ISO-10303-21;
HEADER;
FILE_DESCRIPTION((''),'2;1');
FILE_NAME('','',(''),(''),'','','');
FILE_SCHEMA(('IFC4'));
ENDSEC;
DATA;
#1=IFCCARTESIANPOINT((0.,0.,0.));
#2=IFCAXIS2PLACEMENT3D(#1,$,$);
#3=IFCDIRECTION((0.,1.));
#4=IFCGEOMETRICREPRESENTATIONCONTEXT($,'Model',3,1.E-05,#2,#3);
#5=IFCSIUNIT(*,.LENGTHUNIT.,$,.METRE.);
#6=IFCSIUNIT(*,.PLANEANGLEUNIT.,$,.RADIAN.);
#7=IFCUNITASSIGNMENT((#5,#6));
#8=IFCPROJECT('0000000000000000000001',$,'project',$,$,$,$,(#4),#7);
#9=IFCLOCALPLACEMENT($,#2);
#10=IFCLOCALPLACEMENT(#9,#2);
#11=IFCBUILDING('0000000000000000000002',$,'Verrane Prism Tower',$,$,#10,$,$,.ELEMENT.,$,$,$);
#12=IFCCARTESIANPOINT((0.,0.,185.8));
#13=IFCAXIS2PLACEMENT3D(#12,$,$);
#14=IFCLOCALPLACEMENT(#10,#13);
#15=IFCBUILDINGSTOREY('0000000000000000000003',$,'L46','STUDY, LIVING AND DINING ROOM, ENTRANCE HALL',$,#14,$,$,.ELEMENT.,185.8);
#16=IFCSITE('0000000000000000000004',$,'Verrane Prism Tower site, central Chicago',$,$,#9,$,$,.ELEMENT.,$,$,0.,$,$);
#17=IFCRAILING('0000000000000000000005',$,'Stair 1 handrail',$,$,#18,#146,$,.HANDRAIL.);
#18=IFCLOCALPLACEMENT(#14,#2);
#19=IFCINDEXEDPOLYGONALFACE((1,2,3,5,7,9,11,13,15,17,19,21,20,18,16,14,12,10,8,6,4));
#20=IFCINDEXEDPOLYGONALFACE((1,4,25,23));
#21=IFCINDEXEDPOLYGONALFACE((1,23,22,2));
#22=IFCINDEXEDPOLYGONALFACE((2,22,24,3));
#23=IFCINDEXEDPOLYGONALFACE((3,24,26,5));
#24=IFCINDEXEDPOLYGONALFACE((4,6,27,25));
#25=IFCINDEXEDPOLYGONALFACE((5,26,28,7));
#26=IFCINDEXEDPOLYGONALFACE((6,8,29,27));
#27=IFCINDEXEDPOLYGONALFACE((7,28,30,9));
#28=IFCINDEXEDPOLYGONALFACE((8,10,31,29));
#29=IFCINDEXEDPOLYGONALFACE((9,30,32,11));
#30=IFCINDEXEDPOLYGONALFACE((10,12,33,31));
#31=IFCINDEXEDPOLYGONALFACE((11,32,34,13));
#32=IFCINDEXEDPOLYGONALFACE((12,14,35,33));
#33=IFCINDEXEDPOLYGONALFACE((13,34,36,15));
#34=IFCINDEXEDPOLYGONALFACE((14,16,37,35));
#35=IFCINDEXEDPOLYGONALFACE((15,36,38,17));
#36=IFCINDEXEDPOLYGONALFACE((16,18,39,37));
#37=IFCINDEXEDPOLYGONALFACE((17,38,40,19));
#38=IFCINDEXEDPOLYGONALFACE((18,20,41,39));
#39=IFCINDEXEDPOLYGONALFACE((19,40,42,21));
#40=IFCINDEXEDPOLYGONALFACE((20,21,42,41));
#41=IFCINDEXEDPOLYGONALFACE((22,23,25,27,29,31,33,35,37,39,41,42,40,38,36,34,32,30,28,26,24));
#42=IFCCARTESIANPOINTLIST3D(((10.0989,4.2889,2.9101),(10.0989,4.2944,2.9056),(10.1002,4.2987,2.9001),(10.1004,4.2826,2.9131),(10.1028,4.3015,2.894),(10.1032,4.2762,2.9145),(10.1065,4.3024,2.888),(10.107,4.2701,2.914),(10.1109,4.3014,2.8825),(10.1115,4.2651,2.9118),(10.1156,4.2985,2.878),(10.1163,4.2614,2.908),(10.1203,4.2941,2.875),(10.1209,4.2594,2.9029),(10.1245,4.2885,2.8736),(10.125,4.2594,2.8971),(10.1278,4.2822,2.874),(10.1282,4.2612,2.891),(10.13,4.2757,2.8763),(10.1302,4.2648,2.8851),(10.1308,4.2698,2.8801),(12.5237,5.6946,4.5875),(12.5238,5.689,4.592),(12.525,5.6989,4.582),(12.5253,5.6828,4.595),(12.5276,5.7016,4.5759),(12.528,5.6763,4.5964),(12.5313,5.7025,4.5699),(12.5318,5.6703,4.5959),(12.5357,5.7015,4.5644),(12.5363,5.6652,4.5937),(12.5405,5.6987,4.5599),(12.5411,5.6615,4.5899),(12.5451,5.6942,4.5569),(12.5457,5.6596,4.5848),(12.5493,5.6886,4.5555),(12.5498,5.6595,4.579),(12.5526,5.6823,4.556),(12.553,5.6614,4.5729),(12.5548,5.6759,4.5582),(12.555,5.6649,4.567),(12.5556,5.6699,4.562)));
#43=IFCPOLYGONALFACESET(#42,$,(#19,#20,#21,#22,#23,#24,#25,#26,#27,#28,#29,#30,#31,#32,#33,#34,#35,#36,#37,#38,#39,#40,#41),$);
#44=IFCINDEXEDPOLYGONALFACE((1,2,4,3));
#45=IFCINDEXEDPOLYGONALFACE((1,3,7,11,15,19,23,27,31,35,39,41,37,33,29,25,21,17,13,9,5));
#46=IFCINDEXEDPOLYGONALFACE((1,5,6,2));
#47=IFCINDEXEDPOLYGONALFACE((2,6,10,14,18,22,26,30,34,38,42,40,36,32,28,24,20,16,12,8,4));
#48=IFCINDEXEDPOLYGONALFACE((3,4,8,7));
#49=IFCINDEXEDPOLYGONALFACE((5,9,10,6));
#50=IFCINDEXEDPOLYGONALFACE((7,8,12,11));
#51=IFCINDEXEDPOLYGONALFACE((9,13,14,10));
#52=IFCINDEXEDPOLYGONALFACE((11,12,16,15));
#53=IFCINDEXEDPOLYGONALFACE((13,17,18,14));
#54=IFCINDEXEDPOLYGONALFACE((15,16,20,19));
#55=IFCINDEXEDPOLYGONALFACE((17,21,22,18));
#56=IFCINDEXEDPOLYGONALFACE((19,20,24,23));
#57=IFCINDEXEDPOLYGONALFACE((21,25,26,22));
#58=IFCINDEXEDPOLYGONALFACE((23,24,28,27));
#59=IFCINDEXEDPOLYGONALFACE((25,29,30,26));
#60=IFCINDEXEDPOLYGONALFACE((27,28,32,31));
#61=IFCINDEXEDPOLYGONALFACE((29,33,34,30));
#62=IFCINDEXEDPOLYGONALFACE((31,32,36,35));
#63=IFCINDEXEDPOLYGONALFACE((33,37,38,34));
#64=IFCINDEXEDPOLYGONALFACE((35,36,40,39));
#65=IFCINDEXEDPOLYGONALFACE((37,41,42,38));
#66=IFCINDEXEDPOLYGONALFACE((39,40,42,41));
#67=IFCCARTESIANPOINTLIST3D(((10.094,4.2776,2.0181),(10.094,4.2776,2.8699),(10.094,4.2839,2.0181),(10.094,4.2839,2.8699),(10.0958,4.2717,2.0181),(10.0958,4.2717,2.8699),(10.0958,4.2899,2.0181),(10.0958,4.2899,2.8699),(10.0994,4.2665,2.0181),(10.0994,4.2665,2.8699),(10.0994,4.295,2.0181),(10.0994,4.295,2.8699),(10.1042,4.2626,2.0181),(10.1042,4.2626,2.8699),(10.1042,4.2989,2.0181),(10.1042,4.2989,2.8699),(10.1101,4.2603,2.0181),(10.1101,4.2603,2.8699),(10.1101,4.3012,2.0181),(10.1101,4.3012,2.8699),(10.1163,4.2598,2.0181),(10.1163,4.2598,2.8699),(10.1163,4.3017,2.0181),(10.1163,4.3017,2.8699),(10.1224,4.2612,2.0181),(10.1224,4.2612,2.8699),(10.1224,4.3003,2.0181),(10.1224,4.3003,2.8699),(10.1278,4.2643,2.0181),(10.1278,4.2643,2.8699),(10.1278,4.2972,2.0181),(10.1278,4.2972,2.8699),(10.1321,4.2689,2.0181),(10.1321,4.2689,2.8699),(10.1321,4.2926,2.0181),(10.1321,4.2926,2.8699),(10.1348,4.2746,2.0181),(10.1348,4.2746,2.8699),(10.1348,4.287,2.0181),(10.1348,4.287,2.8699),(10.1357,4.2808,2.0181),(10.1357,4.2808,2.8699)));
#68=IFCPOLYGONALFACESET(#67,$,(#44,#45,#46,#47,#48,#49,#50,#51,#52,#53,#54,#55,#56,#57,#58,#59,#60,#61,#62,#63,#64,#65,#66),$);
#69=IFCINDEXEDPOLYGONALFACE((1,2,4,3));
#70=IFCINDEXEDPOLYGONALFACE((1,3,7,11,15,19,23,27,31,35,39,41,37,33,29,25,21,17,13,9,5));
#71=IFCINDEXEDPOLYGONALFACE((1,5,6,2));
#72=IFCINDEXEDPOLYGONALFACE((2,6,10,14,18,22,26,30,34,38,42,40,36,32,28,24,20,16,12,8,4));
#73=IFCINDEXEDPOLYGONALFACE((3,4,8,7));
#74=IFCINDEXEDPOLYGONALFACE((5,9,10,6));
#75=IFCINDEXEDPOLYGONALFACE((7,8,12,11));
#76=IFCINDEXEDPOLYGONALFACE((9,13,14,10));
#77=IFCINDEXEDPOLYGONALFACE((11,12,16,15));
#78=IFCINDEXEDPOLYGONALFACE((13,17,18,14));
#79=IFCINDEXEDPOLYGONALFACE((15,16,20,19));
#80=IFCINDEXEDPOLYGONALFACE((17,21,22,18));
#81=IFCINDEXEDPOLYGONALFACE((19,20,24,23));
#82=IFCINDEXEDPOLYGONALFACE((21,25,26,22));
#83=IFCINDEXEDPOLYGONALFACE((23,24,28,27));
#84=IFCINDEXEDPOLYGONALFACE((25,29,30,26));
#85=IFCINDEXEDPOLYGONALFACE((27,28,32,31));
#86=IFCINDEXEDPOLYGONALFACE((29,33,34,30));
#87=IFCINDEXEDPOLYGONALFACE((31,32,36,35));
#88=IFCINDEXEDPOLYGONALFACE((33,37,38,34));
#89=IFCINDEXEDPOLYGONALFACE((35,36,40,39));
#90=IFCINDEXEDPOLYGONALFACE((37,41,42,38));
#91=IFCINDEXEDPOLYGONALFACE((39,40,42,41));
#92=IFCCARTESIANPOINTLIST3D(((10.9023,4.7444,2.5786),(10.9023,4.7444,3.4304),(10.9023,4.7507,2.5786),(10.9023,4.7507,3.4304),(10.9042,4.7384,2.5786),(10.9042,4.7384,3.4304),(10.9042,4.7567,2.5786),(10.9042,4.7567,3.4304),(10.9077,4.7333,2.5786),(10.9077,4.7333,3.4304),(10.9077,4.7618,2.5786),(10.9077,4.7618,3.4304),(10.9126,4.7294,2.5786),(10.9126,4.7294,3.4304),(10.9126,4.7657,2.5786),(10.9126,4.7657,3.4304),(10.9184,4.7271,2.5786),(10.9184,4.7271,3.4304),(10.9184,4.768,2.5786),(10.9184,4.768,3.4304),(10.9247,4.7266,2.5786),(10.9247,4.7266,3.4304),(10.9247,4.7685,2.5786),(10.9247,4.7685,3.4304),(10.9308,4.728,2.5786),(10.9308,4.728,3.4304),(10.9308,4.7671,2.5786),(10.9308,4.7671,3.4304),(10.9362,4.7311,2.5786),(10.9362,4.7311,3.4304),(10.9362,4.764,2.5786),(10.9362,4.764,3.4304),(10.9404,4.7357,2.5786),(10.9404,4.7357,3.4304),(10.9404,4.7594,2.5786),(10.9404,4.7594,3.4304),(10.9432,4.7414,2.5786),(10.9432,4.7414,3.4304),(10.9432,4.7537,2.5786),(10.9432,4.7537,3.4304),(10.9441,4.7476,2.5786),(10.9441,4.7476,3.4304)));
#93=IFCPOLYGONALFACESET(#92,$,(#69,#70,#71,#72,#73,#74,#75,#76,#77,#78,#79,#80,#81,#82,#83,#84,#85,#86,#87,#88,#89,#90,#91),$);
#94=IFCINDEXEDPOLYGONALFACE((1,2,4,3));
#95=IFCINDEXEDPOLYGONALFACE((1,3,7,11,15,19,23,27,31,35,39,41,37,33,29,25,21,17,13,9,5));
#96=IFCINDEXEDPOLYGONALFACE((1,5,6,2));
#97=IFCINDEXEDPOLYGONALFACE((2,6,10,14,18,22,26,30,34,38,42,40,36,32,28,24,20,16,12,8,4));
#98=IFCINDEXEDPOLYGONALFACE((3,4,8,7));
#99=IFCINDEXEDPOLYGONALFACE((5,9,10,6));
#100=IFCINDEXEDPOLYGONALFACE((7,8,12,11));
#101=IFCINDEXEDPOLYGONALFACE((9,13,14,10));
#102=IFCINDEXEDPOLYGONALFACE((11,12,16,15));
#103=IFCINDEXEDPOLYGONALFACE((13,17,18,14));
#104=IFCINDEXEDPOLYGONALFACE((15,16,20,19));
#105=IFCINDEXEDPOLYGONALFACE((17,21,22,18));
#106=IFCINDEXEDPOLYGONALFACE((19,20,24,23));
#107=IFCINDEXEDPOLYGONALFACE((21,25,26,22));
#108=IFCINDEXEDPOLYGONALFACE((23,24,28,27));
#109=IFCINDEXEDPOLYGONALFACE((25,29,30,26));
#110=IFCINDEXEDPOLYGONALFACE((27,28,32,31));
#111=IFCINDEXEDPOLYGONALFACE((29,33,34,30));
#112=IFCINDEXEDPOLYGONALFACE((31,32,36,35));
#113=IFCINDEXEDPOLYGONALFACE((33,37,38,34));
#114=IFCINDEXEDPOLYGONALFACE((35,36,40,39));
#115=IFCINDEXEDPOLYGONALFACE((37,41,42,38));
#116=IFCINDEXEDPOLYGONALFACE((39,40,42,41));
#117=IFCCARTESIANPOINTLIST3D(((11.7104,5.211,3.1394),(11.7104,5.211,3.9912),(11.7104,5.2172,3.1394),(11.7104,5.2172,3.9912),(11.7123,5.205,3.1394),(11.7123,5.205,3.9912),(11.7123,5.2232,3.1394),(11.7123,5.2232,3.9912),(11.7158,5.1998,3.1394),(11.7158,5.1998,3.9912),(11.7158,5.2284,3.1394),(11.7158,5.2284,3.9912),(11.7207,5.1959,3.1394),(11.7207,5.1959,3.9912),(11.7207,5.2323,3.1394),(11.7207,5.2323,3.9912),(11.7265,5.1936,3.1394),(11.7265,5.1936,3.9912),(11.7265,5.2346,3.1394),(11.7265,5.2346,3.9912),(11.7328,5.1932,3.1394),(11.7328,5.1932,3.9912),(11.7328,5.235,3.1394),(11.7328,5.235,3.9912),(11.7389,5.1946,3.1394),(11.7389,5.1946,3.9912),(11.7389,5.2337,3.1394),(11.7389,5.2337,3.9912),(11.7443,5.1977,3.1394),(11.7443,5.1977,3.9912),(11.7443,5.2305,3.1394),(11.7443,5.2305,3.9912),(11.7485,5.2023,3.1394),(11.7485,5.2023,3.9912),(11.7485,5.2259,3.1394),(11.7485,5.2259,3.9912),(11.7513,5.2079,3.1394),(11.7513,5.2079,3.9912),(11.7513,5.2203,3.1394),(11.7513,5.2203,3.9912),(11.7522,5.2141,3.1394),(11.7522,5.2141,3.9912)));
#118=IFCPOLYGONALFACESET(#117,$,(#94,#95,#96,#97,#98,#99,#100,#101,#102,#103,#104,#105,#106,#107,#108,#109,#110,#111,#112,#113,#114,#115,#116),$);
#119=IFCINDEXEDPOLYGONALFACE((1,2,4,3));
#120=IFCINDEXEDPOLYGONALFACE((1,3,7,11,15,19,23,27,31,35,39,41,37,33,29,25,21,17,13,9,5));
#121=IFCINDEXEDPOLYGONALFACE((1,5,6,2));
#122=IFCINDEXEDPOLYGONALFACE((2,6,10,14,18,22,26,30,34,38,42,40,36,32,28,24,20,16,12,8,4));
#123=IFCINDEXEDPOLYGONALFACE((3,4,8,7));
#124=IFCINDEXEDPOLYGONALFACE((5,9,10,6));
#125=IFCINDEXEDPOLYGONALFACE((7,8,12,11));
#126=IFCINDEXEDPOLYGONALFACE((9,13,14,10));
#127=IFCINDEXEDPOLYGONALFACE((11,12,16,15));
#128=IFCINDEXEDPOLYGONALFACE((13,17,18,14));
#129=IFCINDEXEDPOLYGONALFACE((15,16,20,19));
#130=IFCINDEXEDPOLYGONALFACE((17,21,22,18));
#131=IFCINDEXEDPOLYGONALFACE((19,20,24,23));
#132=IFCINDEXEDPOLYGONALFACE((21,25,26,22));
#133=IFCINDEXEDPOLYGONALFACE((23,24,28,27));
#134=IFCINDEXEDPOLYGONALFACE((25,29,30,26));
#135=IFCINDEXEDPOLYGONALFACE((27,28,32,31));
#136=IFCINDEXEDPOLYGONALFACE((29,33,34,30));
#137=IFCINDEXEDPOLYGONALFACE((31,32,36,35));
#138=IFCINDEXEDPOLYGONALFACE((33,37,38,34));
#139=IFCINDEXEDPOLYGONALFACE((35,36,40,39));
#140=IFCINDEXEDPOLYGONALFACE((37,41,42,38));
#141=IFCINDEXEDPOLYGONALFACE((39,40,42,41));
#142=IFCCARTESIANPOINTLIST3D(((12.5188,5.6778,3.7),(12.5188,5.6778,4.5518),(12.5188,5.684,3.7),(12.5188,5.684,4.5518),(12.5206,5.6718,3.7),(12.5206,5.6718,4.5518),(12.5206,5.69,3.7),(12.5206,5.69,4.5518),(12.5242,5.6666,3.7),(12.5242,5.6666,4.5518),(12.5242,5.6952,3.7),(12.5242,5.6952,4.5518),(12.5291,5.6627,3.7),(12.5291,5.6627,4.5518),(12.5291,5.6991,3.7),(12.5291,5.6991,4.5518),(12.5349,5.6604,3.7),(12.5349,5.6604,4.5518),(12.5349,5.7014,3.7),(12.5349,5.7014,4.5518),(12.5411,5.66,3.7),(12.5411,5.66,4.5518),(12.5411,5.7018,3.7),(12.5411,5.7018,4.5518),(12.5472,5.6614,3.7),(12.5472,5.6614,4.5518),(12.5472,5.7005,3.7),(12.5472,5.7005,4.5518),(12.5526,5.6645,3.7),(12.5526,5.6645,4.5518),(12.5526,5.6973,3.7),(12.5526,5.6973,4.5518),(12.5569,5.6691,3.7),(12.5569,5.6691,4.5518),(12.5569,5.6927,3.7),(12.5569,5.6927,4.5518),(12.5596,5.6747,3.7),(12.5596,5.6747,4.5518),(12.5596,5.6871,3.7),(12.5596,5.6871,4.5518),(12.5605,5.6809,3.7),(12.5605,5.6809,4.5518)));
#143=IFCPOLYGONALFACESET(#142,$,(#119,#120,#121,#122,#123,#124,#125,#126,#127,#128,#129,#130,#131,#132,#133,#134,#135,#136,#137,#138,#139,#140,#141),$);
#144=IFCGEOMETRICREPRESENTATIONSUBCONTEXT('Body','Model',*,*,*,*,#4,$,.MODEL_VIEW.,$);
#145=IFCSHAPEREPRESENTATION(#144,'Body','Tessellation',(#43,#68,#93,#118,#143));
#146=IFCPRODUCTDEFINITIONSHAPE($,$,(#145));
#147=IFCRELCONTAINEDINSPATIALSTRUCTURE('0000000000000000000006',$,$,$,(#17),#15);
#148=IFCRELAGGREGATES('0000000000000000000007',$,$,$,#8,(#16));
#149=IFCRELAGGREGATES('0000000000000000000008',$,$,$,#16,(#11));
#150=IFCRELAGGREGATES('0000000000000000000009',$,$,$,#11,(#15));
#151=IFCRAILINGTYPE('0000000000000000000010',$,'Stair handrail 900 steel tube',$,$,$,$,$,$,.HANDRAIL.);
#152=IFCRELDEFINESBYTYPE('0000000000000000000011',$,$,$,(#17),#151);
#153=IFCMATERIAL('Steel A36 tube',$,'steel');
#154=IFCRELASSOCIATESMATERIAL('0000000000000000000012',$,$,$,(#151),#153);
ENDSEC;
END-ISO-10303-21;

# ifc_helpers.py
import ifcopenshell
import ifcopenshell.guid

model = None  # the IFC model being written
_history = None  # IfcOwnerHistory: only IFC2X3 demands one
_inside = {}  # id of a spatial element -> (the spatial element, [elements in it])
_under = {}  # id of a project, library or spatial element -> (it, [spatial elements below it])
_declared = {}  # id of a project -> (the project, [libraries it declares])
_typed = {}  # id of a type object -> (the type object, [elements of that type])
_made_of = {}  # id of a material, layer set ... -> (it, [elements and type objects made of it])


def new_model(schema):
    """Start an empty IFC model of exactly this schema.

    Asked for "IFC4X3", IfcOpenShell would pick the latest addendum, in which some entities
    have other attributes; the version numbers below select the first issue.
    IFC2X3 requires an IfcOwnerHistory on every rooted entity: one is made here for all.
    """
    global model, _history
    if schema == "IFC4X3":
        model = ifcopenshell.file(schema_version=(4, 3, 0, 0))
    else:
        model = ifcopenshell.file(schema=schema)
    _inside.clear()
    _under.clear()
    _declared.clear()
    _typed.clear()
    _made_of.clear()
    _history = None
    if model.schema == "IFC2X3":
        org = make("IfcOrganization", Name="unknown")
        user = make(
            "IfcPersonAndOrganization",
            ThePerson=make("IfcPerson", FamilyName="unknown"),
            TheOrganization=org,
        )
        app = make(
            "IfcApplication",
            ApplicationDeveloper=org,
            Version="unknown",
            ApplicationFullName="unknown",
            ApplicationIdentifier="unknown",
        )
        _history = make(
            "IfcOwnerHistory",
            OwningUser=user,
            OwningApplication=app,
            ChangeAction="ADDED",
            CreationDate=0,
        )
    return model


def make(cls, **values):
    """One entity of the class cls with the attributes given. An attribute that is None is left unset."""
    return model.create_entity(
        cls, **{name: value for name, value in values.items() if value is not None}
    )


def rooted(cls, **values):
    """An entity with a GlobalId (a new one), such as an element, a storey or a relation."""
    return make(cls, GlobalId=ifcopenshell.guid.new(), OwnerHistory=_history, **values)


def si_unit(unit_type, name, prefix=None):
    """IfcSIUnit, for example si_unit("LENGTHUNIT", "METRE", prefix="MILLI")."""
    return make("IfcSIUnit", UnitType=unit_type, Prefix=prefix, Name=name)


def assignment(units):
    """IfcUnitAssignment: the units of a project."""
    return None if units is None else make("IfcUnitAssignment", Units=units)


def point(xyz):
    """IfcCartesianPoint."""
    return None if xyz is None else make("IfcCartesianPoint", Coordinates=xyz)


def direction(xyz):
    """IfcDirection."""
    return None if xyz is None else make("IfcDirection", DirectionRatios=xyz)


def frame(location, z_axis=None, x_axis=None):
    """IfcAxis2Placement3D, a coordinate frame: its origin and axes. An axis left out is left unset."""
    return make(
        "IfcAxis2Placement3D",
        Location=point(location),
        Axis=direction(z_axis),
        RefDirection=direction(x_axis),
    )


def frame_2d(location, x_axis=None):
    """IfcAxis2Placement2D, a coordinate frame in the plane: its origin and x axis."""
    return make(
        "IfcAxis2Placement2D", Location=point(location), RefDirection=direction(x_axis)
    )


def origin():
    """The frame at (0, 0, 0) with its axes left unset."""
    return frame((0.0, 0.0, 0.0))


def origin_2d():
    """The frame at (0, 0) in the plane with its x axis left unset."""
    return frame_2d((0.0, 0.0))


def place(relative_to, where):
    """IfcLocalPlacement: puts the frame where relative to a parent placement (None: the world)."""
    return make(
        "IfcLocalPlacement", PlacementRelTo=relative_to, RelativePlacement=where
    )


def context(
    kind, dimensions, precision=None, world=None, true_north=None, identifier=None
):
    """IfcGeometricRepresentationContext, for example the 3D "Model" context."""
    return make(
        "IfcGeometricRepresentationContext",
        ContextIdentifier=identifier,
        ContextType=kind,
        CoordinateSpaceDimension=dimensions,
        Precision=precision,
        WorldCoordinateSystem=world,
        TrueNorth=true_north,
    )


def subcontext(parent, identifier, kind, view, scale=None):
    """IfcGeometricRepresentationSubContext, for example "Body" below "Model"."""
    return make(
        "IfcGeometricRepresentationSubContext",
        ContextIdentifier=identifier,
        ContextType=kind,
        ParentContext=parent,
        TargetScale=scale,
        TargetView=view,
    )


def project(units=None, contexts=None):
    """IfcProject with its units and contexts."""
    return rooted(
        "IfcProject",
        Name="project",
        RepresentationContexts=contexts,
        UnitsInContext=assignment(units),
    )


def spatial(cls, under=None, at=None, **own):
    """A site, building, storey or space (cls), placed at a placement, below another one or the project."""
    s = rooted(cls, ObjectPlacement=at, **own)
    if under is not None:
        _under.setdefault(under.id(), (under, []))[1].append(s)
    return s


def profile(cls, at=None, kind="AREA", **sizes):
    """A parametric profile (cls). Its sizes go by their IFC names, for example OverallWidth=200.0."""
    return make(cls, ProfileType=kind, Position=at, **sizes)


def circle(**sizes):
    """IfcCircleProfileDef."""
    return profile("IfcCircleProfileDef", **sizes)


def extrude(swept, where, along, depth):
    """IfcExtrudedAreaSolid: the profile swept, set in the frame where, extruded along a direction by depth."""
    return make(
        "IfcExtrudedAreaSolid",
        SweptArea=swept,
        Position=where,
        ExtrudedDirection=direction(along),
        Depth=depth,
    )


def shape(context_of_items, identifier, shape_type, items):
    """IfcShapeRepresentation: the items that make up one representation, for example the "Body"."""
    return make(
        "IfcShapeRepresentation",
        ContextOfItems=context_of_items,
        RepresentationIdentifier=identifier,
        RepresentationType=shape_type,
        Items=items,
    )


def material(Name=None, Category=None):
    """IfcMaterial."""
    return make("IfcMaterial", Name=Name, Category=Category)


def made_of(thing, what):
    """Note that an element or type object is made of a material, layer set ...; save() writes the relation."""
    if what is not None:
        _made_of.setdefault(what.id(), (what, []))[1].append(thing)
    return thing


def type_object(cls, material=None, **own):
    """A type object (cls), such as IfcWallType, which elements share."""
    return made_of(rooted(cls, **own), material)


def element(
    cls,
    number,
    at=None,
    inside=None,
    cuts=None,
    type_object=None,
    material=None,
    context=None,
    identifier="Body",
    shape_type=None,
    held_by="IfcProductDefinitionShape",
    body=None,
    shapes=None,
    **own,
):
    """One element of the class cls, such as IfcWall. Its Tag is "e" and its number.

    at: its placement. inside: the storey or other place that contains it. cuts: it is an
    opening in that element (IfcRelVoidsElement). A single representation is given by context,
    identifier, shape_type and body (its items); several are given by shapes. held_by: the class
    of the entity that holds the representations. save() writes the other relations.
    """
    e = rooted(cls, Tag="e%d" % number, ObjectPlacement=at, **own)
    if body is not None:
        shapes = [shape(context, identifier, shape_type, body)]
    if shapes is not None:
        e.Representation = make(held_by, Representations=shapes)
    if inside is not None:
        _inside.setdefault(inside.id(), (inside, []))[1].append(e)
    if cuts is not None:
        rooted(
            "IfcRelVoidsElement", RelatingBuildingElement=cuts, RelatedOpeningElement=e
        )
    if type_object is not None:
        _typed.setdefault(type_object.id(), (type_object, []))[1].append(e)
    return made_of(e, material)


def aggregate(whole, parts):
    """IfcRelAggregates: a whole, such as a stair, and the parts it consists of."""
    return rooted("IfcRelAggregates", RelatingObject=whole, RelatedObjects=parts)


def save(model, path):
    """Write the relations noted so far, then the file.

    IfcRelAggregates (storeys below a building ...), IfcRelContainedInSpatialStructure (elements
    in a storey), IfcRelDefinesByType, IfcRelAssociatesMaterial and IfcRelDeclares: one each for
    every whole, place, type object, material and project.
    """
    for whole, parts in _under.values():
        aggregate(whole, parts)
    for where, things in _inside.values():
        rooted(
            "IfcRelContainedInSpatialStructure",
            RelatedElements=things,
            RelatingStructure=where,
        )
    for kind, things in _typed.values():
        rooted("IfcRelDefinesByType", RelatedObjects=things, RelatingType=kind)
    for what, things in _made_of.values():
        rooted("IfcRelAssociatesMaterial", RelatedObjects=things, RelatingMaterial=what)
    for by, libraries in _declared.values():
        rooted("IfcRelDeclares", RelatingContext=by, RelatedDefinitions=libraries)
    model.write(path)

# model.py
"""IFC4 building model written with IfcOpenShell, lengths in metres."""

from ifc_helpers import new_model, si_unit, direction, frame, origin, origin_2d, place, context, subcontext, project, spatial, circle, extrude, material, type_object, element, save


model = new_model("IFC4")

# Units and contexts
model_context = context("Model", 3, precision=1e-05, world=origin(), true_north=direction((0.0, 1.0)))
body_context = subcontext(model_context, "Body", "Model", "MODEL_VIEW")
ifc_project = project(units=[si_unit("LENGTHUNIT", "METRE"), si_unit("PLANEANGLEUNIT", "RADIAN")], contexts=[model_context])

# Site, building, storey
site_placement = place(None, origin())
site = spatial("IfcSite", under=ifc_project, at=site_placement, Name="Verrane Prism Tower site, central Chicago", CompositionType="ELEMENT", RefElevation=0.0)
building_placement = place(site_placement, origin())
building = spatial("IfcBuilding", under=site, at=building_placement, Name="Verrane Prism Tower", CompositionType="ELEMENT")
storey_placement = place(building_placement, frame((0.0, 0.0, 185.8)))
storey = spatial("IfcBuildingStorey", under=building, at=storey_placement, Name="L46", Description="STUDY, LIVING AND DINING ROOM, ENTRANCE HALL", CompositionType="ELEMENT", Elevation=185.8)

# Railing
ifc_material_1 = material(Name="Steel A36 tube", Category="steel")
railing_type_1 = type_object("IfcRailingType", Name="Stair handrail 900 steel tube", PredefinedType="HANDRAIL", material=ifc_material_1)
railing_1_placement = place(storey_placement, frame((10.1147, 4.2808, 2.0181)))
element("IfcRailing", 1, at=railing_1_placement, inside=storey, type_object=railing_type_1, Name="Stair 1 handrail", PredefinedType="HANDRAIL", context=body_context, shape_type="SweptSolid", body=[
    extrude(circle(Radius=0.0239, at=origin_2d()), frame((0.0, 0.0, 0.876), z_axis=(0.742367, 0.428662, 0.514918), x_axis=(-0.50005, 0.865997, 0.0)), (0.0, 0.0, 1.0), 3.2664),
    extrude(circle(Radius=0.021, at=origin_2d()), origin(), (0.0, 0.0, 1.0), 0.8518),
    extrude(circle(Radius=0.021, at=origin_2d()), frame((0.8083, 0.4668, 0.5605)), (0.0, 0.0, 1.0), 0.8518),
    extrude(circle(Radius=0.021, at=origin_2d()), frame((1.6165, 0.9333, 1.1213)), (0.0, 0.0, 1.0), 0.8518),
    extrude(circle(Radius=0.021, at=origin_2d()), frame((2.4248, 1.4001, 1.6819)), (0.0, 0.0, 1.0), 0.8518),
])

save(model, "model.ifc")
